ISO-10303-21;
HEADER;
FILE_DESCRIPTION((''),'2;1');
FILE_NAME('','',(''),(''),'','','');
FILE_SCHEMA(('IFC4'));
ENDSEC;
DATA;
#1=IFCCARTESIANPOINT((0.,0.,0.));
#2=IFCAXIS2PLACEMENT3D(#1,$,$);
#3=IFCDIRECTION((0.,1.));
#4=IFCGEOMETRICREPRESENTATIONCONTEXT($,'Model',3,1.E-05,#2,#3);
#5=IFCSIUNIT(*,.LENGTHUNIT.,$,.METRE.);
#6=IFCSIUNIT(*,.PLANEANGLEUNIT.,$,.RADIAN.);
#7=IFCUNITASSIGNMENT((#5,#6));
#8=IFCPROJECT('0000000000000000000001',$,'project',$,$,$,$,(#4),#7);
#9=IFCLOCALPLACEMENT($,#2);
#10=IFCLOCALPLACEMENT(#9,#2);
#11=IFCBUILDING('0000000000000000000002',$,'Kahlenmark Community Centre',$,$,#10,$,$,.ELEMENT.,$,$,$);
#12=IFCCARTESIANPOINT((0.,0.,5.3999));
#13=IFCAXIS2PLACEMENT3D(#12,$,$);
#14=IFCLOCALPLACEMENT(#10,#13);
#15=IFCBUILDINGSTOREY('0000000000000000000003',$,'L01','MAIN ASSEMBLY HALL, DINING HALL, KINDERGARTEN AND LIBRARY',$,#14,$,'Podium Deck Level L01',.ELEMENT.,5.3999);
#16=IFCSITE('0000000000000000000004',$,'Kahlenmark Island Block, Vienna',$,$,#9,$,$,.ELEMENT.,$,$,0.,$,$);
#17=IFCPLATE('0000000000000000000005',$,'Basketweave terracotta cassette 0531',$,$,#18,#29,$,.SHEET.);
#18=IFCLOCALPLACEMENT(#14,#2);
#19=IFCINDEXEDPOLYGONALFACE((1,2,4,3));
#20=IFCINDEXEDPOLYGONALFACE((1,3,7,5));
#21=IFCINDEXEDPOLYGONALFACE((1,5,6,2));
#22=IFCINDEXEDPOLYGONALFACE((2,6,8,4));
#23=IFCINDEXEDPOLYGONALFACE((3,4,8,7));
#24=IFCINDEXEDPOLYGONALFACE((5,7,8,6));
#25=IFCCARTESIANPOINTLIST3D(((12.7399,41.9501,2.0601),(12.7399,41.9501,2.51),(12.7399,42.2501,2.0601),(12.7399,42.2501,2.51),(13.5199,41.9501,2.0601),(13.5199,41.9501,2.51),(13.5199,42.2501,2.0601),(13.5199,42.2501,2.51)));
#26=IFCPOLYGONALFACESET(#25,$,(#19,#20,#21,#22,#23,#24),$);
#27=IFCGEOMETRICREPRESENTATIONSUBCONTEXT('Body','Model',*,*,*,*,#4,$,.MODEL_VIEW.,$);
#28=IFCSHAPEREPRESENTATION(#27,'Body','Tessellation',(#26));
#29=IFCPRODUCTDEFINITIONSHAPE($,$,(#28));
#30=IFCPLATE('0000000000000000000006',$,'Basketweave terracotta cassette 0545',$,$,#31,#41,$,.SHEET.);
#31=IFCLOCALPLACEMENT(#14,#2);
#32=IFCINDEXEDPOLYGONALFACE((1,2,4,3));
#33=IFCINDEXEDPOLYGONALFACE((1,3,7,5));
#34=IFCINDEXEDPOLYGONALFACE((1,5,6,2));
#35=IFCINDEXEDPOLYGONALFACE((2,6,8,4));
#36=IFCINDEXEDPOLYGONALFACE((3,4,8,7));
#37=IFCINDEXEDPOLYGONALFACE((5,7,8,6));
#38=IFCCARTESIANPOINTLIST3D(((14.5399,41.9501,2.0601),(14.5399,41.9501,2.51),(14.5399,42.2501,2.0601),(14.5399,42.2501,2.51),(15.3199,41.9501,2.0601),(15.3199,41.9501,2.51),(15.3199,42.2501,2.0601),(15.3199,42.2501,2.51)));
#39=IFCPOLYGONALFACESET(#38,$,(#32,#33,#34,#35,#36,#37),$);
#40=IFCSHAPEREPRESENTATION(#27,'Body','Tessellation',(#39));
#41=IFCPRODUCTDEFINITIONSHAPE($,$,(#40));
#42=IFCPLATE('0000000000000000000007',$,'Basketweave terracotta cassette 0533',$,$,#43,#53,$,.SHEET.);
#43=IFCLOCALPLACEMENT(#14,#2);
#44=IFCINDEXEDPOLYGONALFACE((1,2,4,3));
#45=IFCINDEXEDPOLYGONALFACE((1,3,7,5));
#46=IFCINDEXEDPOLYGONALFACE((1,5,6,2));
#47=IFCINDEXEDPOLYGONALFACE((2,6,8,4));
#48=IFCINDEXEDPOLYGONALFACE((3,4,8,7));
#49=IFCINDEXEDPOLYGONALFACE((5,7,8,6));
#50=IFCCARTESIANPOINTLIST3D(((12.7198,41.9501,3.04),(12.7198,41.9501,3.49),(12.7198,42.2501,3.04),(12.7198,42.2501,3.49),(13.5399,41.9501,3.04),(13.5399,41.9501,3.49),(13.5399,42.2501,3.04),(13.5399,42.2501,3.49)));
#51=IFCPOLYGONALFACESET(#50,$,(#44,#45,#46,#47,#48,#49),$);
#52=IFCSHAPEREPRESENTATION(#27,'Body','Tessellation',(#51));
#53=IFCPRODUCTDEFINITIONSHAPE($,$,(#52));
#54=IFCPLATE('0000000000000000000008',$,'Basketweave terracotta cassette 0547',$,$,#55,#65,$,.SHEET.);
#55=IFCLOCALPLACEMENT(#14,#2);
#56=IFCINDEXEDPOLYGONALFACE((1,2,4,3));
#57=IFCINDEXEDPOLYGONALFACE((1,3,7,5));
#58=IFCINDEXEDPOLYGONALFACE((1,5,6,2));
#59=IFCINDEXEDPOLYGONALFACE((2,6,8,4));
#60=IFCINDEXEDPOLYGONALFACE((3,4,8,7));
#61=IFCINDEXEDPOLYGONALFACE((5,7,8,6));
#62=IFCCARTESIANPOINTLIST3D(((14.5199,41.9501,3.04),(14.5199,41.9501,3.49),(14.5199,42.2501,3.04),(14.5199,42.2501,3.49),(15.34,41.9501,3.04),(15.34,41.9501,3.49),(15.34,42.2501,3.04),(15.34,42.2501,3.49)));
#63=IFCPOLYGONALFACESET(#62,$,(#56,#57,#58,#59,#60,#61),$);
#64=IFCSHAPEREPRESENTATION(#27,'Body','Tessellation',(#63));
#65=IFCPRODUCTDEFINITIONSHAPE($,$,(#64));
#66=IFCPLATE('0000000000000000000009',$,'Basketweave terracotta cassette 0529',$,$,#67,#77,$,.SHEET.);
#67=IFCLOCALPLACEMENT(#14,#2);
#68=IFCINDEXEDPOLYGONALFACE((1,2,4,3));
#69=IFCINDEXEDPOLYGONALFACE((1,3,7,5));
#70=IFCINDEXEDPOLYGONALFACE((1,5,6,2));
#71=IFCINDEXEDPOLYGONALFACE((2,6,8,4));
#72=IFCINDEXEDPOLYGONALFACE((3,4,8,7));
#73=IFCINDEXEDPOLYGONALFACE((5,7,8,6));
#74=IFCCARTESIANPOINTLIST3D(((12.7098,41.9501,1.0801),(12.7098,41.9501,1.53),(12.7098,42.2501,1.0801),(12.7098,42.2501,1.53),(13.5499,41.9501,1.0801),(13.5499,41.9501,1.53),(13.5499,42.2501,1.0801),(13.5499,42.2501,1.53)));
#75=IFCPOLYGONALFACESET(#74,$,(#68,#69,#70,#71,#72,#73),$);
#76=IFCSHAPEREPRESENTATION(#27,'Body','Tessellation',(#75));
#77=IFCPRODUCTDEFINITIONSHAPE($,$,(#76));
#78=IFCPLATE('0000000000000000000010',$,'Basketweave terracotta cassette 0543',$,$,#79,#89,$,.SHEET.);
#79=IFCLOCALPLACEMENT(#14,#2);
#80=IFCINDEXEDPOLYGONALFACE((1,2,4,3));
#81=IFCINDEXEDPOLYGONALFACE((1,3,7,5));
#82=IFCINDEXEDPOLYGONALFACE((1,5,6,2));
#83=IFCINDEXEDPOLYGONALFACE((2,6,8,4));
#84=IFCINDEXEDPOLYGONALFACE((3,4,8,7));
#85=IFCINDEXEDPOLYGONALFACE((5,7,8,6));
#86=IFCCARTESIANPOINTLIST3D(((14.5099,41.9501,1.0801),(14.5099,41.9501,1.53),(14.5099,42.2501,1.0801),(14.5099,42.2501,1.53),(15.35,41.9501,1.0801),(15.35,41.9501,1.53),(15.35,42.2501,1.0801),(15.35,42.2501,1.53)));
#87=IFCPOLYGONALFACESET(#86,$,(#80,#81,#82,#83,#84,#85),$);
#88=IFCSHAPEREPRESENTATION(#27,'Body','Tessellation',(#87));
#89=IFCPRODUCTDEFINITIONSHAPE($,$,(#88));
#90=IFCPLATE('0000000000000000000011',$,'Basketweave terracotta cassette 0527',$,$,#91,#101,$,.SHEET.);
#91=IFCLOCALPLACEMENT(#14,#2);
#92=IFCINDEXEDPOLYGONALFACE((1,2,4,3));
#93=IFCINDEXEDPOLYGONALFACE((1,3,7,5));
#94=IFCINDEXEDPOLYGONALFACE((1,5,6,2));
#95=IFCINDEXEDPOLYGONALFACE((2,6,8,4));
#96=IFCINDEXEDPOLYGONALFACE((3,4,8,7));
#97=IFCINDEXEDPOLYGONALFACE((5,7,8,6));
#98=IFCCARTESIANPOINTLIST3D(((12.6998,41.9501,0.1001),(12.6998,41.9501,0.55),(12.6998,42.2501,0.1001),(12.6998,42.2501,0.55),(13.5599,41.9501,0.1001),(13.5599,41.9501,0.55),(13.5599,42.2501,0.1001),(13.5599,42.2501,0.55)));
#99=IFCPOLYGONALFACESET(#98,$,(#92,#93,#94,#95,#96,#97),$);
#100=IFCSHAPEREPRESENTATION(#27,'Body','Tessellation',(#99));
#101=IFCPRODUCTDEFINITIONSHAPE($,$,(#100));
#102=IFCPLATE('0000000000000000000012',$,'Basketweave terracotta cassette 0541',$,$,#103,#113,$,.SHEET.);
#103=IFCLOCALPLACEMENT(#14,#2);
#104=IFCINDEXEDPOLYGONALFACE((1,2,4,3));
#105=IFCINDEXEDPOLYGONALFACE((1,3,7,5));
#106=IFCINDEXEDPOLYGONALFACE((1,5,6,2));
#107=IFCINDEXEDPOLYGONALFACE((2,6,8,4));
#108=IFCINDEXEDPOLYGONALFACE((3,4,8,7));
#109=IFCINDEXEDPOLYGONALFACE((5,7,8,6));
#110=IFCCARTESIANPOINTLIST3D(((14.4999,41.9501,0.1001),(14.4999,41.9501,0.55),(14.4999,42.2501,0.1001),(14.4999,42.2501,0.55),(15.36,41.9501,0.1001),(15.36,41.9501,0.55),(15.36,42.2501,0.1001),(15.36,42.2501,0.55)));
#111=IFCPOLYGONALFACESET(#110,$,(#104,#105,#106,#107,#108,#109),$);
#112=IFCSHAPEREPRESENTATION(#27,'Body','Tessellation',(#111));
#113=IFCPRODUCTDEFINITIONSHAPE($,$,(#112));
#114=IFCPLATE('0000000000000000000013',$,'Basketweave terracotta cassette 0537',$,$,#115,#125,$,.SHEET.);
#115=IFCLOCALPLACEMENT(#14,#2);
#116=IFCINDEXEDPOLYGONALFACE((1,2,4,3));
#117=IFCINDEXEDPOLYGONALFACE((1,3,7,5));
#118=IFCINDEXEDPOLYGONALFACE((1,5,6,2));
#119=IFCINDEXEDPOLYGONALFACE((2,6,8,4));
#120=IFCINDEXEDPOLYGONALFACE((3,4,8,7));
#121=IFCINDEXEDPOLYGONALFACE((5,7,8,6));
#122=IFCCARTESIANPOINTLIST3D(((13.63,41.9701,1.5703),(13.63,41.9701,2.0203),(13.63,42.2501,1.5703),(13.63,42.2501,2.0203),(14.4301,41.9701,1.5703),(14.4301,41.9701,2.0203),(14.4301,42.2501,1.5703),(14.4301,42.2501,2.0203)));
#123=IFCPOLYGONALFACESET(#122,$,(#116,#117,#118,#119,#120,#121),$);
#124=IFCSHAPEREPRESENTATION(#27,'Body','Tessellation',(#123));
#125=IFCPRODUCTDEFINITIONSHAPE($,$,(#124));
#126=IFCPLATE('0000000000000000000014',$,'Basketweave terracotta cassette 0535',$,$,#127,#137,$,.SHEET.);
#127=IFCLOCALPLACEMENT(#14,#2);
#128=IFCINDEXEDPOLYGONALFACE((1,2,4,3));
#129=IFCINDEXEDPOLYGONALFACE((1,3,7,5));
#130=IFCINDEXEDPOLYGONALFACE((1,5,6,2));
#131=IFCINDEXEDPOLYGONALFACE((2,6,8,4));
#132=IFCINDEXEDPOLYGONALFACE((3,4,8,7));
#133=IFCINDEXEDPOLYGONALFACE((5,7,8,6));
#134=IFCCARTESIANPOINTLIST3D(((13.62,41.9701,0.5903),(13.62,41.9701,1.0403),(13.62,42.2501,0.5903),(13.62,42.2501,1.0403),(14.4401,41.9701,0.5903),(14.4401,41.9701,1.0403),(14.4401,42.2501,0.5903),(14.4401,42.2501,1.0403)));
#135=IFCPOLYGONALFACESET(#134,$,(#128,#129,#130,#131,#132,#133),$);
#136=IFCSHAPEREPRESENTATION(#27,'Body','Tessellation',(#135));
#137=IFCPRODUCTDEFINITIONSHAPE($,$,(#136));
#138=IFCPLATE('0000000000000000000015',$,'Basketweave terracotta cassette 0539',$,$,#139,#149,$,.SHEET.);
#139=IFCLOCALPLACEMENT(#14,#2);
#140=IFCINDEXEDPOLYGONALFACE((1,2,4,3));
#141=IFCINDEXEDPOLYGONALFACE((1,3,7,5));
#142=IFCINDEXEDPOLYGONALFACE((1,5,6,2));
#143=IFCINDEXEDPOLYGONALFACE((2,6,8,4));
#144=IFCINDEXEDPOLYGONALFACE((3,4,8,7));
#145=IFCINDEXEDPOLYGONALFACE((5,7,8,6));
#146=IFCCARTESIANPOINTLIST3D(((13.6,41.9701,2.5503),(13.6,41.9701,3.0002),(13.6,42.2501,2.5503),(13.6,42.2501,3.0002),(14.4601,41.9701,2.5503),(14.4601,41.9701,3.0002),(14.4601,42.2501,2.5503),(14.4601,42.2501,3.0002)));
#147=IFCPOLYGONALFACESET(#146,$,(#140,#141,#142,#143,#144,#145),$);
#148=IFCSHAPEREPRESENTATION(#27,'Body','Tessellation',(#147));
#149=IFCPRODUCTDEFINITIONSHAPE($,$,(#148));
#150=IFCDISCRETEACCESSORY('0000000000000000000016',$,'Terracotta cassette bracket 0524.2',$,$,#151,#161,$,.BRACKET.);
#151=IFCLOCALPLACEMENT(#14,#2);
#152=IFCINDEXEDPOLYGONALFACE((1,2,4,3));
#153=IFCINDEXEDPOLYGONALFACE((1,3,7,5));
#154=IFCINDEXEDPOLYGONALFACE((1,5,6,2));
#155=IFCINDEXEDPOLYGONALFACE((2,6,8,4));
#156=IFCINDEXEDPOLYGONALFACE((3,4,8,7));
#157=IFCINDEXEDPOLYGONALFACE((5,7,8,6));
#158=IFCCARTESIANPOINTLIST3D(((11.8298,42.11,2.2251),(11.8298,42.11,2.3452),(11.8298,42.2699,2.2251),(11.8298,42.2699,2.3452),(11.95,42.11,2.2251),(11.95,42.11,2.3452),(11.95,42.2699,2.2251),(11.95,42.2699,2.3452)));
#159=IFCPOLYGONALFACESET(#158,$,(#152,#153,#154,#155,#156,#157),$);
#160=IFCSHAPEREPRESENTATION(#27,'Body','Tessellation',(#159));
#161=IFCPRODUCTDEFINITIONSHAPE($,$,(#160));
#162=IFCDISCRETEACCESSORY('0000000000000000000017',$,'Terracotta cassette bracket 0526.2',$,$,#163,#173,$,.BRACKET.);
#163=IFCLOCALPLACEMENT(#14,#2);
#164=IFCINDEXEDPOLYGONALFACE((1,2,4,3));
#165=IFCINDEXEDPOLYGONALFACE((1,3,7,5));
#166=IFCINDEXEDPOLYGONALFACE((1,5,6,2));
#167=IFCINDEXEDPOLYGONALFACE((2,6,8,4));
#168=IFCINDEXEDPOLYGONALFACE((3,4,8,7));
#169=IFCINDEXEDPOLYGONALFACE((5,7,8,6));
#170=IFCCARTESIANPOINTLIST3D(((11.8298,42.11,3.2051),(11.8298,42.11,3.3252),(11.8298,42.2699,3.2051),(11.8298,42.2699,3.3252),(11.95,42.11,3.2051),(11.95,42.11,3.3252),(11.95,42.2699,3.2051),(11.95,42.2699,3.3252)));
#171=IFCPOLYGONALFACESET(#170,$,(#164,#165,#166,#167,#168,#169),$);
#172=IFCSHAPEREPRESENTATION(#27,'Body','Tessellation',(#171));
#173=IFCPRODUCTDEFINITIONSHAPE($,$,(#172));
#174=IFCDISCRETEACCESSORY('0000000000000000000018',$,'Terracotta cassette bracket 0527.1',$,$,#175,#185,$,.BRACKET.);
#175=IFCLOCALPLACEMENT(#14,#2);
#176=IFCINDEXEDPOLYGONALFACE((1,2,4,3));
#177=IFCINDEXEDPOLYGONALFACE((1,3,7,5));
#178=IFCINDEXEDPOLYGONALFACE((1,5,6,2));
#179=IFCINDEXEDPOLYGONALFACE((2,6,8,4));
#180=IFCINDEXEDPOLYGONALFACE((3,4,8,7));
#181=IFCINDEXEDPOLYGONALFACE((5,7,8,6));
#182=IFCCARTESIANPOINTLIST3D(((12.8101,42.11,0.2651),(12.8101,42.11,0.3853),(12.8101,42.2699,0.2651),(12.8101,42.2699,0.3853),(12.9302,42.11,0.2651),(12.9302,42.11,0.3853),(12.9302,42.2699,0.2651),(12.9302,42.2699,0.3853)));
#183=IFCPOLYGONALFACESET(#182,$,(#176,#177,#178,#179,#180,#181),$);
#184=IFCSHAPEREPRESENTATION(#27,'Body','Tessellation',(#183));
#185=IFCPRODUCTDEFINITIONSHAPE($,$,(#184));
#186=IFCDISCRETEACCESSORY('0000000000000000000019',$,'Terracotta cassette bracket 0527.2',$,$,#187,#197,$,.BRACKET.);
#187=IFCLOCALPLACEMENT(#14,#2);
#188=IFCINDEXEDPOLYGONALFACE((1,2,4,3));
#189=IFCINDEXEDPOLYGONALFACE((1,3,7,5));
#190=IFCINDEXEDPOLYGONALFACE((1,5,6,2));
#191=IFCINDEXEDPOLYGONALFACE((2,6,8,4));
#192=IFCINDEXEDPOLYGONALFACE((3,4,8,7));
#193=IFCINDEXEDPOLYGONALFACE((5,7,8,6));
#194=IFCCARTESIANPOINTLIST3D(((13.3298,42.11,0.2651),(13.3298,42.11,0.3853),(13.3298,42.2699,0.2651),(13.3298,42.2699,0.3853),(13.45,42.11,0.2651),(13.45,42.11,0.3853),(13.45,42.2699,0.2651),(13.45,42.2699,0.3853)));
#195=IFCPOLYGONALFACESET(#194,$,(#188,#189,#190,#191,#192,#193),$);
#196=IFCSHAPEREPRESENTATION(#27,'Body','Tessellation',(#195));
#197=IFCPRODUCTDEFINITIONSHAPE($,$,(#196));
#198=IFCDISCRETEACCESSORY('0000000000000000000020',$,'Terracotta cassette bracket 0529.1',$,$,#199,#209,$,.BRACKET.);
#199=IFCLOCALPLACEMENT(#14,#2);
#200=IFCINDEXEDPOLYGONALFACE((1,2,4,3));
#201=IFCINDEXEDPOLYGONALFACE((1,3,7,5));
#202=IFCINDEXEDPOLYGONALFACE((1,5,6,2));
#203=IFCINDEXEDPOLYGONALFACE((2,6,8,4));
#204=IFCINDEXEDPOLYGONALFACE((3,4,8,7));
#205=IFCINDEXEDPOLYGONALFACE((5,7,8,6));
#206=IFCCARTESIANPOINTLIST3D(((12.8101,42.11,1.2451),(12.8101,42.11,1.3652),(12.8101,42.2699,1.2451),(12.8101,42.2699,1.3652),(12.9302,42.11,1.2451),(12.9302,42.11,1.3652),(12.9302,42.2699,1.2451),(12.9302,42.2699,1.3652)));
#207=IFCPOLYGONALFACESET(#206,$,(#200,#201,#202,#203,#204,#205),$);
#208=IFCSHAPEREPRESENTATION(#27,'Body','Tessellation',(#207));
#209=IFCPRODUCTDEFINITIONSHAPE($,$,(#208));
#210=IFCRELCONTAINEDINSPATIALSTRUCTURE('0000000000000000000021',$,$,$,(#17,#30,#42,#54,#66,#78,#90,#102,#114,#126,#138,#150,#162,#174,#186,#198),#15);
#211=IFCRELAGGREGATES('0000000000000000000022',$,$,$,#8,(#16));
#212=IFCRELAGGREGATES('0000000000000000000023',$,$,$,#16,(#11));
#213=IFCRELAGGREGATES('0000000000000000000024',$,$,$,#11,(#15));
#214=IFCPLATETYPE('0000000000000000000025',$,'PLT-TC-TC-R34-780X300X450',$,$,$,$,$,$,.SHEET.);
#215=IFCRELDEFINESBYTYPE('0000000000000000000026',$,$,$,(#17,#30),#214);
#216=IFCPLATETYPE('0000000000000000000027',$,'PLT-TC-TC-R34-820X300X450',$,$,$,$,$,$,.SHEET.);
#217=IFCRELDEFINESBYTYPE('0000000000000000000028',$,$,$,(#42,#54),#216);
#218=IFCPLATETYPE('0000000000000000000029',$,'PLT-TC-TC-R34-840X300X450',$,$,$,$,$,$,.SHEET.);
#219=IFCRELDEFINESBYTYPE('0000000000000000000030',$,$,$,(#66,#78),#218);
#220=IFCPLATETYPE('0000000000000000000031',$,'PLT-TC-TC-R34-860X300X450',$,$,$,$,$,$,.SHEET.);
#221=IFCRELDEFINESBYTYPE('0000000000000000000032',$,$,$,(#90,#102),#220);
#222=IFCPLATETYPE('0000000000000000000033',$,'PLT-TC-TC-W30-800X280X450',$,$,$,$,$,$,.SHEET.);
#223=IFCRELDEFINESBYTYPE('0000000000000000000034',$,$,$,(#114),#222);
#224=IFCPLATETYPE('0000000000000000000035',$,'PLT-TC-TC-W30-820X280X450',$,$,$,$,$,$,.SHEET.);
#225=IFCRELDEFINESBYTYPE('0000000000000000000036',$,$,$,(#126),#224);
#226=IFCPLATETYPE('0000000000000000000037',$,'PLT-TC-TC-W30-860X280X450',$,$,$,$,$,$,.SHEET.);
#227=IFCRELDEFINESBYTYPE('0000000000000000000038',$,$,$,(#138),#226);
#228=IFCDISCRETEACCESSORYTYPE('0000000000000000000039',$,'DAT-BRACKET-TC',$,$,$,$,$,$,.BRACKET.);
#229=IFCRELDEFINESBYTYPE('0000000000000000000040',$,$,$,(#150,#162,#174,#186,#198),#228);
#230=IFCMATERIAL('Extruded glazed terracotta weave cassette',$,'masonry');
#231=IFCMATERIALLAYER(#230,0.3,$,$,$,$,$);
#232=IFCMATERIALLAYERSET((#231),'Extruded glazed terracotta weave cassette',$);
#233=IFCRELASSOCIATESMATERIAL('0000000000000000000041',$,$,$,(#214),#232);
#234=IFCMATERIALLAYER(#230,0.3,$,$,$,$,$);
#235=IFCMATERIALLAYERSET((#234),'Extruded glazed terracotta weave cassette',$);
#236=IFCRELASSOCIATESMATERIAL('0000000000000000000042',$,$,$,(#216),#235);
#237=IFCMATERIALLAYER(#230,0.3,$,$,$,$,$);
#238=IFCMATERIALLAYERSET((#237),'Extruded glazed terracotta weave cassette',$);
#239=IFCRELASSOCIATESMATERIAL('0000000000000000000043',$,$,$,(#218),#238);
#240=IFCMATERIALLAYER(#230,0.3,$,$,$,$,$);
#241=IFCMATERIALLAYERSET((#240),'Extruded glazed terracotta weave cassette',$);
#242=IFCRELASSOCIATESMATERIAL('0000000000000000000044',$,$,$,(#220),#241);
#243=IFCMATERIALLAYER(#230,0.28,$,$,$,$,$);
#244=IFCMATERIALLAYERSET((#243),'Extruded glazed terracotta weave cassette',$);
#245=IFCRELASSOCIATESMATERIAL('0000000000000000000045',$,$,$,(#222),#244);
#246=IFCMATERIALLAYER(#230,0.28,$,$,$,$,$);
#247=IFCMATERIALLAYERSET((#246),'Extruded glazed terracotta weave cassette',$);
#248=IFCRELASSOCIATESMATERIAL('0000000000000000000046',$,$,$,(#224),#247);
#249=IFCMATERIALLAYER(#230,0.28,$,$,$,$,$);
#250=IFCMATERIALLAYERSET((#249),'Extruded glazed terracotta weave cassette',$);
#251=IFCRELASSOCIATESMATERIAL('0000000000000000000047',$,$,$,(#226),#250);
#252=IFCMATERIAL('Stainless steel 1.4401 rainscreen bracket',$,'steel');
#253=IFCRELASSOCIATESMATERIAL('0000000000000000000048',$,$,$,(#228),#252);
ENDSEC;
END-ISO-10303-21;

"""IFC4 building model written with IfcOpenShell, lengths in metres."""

from ifc_helpers import new_model, si_unit, direction, frame, origin, origin_2d, place, context, subcontext, project, spatial, rectangle, extrude, material, layer, layer_set, type_object, element, save


model = new_model("IFC4")

# Units and contexts
model_context = context("Model", 3, precision=1e-05, world=origin(), true_north=direction((0.0, 1.0)))
body_context = subcontext(model_context, "Body", "Model", "MODEL_VIEW")
ifc_project = project(units=[si_unit("LENGTHUNIT", "METRE"), si_unit("PLANEANGLEUNIT", "RADIAN")], contexts=[model_context])

# Site, building, storey
site_placement = place(None, origin())
site = spatial("IfcSite", under=ifc_project, at=site_placement, Name="Kahlenmark Island Block, Vienna", CompositionType="ELEMENT", RefElevation=0.0)
building_placement = place(site_placement, origin())
building = spatial("IfcBuilding", under=site, at=building_placement, Name="Kahlenmark Community Centre", CompositionType="ELEMENT")
storey_placement = place(building_placement, frame((0.0, 0.0, 5.3999)))
storey = spatial("IfcBuildingStorey", under=building, at=storey_placement, Name="L01", Description="MAIN ASSEMBLY HALL, DINING HALL, KINDERGARTEN AND LIBRARY", LongName="Podium Deck Level L01", CompositionType="ELEMENT", Elevation=5.3999)

# Plates
ifc_material_1 = material(Name="Extruded glazed terracotta weave cassette", Category="masonry")
ifc_layer_1 = layer(ifc_material_1, 0.3)
ifc_layer_set_1 = layer_set([ifc_layer_1], Name="Extruded glazed terracotta weave cassette")
plate_type_1 = type_object("IfcPlateType", Name="PLT-TC-TC-R34-780X300X450", PredefinedType="SHEET", material=ifc_layer_set_1)
for number, where, z_axis, x_axis, name in (
    (1, (13.1299, 42.1001, 2.0601), (0.0, 0.0, 1.0), (1.0, 0.0, 0.0), "Basketweave terracotta cassette 0531"),
    (2, (14.9299, 42.1001, 2.0601), (0.0, 0.0, 1.0), (1.0, 0.0, 0.0), "Basketweave terracotta cassette 0545"),
):
    element("IfcPlate", number, at=place(storey_placement, frame(where, z_axis=z_axis, x_axis=x_axis)), inside=storey, type_object=plate_type_1, Name=name, PredefinedType="SHEET", context=body_context, shape_type="SweptSolid", body=[
        extrude(rectangle(XDim=0.78, YDim=0.3, at=origin_2d()), origin(), (0.0, 0.0, 1.0), 0.45),
    ])
ifc_layer_2 = layer(ifc_material_1, 0.3)
ifc_layer_set_2 = layer_set([ifc_layer_2], Name="Extruded glazed terracotta weave cassette")
plate_type_2 = type_object("IfcPlateType", Name="PLT-TC-TC-R34-820X300X450", PredefinedType="SHEET", material=ifc_layer_set_2)
for number, where, z_axis, x_axis, name in (
    (3, (13.1299, 42.1001, 3.04), (0.0, 0.0, 1.0), (1.0, 0.0, 0.0), "Basketweave terracotta cassette 0533"),
    (4, (14.9299, 42.1001, 3.04), (0.0, 0.0, 1.0), (1.0, 0.0, 0.0), "Basketweave terracotta cassette 0547"),
):
    element("IfcPlate", number, at=place(storey_placement, frame(where, z_axis=z_axis, x_axis=x_axis)), inside=storey, type_object=plate_type_2, Name=name, PredefinedType="SHEET", context=body_context, shape_type="SweptSolid", body=[
        extrude(rectangle(XDim=0.8201, YDim=0.3, at=origin_2d()), origin(), (0.0, 0.0, 1.0), 0.45),
    ])
ifc_layer_3 = layer(ifc_material_1, 0.3)
ifc_layer_set_3 = layer_set([ifc_layer_3], Name="Extruded glazed terracotta weave cassette")
plate_type_3 = type_object("IfcPlateType", Name="PLT-TC-TC-R34-840X300X450", PredefinedType="SHEET", material=ifc_layer_set_3)
for number, where, z_axis, x_axis, name in (
    (5, (13.1299, 42.1001, 1.0801), (0.0, 0.0, 1.0), (1.0, 0.0, 0.0), "Basketweave terracotta cassette 0529"),
    (6, (14.9299, 42.1001, 1.0801), (0.0, 0.0, 1.0), (1.0, 0.0, 0.0), "Basketweave terracotta cassette 0543"),
):
    element("IfcPlate", number, at=place(storey_placement, frame(where, z_axis=z_axis, x_axis=x_axis)), inside=storey, type_object=plate_type_3, Name=name, PredefinedType="SHEET", context=body_context, shape_type="SweptSolid", body=[
        extrude(rectangle(XDim=0.8401, YDim=0.3, at=origin_2d()), origin(), (0.0, 0.0, 1.0), 0.45),
    ])
ifc_layer_4 = layer(ifc_material_1, 0.3)
ifc_layer_set_4 = layer_set([ifc_layer_4], Name="Extruded glazed terracotta weave cassette")
plate_type_4 = type_object("IfcPlateType", Name="PLT-TC-TC-R34-860X300X450", PredefinedType="SHEET", material=ifc_layer_set_4)
for number, where, z_axis, x_axis, name in (
    (7, (13.1299, 42.1001, 0.1001), (0.0, 0.0, 1.0), (1.0, 0.0, 0.0), "Basketweave terracotta cassette 0527"),
    (8, (14.9299, 42.1001, 0.1001), (0.0, 0.0, 1.0), (1.0, 0.0, 0.0), "Basketweave terracotta cassette 0541"),
):
    element("IfcPlate", number, at=place(storey_placement, frame(where, z_axis=z_axis, x_axis=x_axis)), inside=storey, type_object=plate_type_4, Name=name, PredefinedType="SHEET", context=body_context, shape_type="SweptSolid", body=[
        extrude(rectangle(XDim=0.8601, YDim=0.3, at=origin_2d()), origin(), (0.0, 0.0, 1.0), 0.45),
    ])
ifc_layer_5 = layer(ifc_material_1, 0.28)
ifc_layer_set_5 = layer_set([ifc_layer_5], Name="Extruded glazed terracotta weave cassette")
plate_type_5 = type_object("IfcPlateType", Name="PLT-TC-TC-W30-800X280X450", PredefinedType="SHEET", material=ifc_layer_set_5)
plate_1_placement = place(storey_placement, frame((14.03, 42.1101, 1.5703), z_axis=(0.0, 0.0, 1.0), x_axis=(1.0, 0.0, 0.0)))
element("IfcPlate", 9, at=plate_1_placement, inside=storey, type_object=plate_type_5, Name="Basketweave terracotta cassette 0537", PredefinedType="SHEET", context=body_context, shape_type="SweptSolid", body=[
    extrude(rectangle(XDim=0.8, YDim=0.28, at=origin_2d()), origin(), (0.0, 0.0, 1.0), 0.45),
])
ifc_layer_6 = layer(ifc_material_1, 0.28)
ifc_layer_set_6 = layer_set([ifc_layer_6], Name="Extruded glazed terracotta weave cassette")
plate_type_6 = type_object("IfcPlateType", Name="PLT-TC-TC-W30-820X280X450", PredefinedType="SHEET", material=ifc_layer_set_6)
plate_2_placement = place(storey_placement, frame((14.03, 42.1101, 0.5903), z_axis=(0.0, 0.0, 1.0), x_axis=(1.0, 0.0, 0.0)))
element("IfcPlate", 10, at=plate_2_placement, inside=storey, type_object=plate_type_6, Name="Basketweave terracotta cassette 0535", PredefinedType="SHEET", context=body_context, shape_type="SweptSolid", body=[
    extrude(rectangle(XDim=0.8201, YDim=0.28, at=origin_2d()), origin(), (0.0, 0.0, 1.0), 0.45),
])
ifc_layer_7 = layer(ifc_material_1, 0.28)
ifc_layer_set_7 = layer_set([ifc_layer_7], Name="Extruded glazed terracotta weave cassette")
plate_type_7 = type_object("IfcPlateType", Name="PLT-TC-TC-W30-860X280X450", PredefinedType="SHEET", material=ifc_layer_set_7)
plate_3_placement = place(storey_placement, frame((14.03, 42.1101, 2.5503), z_axis=(0.0, 0.0, 1.0), x_axis=(1.0, 0.0, 0.0)))
element("IfcPlate", 11, at=plate_3_placement, inside=storey, type_object=plate_type_7, Name="Basketweave terracotta cassette 0539", PredefinedType="SHEET", context=body_context, shape_type="SweptSolid", body=[
    extrude(rectangle(XDim=0.8601, YDim=0.28, at=origin_2d()), origin(), (0.0, 0.0, 1.0), 0.45),
])

# Discrete accessories
ifc_material_2 = material(Name="Stainless steel 1.4401 rainscreen bracket", Category="steel")
discrete_accessory_type = type_object("IfcDiscreteAccessoryType", Name="DAT-BRACKET-TC", PredefinedType="BRACKET", material=ifc_material_2)
for number, where, z_axis, x_axis, name in (
    (12, (11.8899, 42.1899, 2.2251), (0.0, 0.0, 1.0), (1.0, 0.0, 0.0), "Terracotta cassette bracket 0524.2"),
    (13, (11.8899, 42.1899, 3.2051), (0.0, 0.0, 1.0), (1.0, 0.0, 0.0), "Terracotta cassette bracket 0526.2"),
    (14, (12.8701, 42.1899, 0.2651), (0.0, 0.0, 1.0), (1.0, 0.0, 0.0), "Terracotta cassette bracket 0527.1"),
    (15, (13.3899, 42.1899, 0.2651), (0.0, 0.0, 1.0), (1.0, 0.0, 0.0), "Terracotta cassette bracket 0527.2"),
    (16, (12.8701, 42.1899, 1.2451), (0.0, 0.0, 1.0), (1.0, 0.0, 0.0), "Terracotta cassette bracket 0529.1"),
):
    element("IfcDiscreteAccessory", number, at=place(storey_placement, frame(where, z_axis=z_axis, x_axis=x_axis)), inside=storey, type_object=discrete_accessory_type, Name=name, PredefinedType="BRACKET", context=body_context, shape_type="SweptSolid", body=[
        extrude(rectangle(XDim=0.1201, YDim=0.1599, at=origin_2d()), origin(), (0.0, 0.0, 1.0), 0.1201),
    ])

save(model, "model.ifc")
